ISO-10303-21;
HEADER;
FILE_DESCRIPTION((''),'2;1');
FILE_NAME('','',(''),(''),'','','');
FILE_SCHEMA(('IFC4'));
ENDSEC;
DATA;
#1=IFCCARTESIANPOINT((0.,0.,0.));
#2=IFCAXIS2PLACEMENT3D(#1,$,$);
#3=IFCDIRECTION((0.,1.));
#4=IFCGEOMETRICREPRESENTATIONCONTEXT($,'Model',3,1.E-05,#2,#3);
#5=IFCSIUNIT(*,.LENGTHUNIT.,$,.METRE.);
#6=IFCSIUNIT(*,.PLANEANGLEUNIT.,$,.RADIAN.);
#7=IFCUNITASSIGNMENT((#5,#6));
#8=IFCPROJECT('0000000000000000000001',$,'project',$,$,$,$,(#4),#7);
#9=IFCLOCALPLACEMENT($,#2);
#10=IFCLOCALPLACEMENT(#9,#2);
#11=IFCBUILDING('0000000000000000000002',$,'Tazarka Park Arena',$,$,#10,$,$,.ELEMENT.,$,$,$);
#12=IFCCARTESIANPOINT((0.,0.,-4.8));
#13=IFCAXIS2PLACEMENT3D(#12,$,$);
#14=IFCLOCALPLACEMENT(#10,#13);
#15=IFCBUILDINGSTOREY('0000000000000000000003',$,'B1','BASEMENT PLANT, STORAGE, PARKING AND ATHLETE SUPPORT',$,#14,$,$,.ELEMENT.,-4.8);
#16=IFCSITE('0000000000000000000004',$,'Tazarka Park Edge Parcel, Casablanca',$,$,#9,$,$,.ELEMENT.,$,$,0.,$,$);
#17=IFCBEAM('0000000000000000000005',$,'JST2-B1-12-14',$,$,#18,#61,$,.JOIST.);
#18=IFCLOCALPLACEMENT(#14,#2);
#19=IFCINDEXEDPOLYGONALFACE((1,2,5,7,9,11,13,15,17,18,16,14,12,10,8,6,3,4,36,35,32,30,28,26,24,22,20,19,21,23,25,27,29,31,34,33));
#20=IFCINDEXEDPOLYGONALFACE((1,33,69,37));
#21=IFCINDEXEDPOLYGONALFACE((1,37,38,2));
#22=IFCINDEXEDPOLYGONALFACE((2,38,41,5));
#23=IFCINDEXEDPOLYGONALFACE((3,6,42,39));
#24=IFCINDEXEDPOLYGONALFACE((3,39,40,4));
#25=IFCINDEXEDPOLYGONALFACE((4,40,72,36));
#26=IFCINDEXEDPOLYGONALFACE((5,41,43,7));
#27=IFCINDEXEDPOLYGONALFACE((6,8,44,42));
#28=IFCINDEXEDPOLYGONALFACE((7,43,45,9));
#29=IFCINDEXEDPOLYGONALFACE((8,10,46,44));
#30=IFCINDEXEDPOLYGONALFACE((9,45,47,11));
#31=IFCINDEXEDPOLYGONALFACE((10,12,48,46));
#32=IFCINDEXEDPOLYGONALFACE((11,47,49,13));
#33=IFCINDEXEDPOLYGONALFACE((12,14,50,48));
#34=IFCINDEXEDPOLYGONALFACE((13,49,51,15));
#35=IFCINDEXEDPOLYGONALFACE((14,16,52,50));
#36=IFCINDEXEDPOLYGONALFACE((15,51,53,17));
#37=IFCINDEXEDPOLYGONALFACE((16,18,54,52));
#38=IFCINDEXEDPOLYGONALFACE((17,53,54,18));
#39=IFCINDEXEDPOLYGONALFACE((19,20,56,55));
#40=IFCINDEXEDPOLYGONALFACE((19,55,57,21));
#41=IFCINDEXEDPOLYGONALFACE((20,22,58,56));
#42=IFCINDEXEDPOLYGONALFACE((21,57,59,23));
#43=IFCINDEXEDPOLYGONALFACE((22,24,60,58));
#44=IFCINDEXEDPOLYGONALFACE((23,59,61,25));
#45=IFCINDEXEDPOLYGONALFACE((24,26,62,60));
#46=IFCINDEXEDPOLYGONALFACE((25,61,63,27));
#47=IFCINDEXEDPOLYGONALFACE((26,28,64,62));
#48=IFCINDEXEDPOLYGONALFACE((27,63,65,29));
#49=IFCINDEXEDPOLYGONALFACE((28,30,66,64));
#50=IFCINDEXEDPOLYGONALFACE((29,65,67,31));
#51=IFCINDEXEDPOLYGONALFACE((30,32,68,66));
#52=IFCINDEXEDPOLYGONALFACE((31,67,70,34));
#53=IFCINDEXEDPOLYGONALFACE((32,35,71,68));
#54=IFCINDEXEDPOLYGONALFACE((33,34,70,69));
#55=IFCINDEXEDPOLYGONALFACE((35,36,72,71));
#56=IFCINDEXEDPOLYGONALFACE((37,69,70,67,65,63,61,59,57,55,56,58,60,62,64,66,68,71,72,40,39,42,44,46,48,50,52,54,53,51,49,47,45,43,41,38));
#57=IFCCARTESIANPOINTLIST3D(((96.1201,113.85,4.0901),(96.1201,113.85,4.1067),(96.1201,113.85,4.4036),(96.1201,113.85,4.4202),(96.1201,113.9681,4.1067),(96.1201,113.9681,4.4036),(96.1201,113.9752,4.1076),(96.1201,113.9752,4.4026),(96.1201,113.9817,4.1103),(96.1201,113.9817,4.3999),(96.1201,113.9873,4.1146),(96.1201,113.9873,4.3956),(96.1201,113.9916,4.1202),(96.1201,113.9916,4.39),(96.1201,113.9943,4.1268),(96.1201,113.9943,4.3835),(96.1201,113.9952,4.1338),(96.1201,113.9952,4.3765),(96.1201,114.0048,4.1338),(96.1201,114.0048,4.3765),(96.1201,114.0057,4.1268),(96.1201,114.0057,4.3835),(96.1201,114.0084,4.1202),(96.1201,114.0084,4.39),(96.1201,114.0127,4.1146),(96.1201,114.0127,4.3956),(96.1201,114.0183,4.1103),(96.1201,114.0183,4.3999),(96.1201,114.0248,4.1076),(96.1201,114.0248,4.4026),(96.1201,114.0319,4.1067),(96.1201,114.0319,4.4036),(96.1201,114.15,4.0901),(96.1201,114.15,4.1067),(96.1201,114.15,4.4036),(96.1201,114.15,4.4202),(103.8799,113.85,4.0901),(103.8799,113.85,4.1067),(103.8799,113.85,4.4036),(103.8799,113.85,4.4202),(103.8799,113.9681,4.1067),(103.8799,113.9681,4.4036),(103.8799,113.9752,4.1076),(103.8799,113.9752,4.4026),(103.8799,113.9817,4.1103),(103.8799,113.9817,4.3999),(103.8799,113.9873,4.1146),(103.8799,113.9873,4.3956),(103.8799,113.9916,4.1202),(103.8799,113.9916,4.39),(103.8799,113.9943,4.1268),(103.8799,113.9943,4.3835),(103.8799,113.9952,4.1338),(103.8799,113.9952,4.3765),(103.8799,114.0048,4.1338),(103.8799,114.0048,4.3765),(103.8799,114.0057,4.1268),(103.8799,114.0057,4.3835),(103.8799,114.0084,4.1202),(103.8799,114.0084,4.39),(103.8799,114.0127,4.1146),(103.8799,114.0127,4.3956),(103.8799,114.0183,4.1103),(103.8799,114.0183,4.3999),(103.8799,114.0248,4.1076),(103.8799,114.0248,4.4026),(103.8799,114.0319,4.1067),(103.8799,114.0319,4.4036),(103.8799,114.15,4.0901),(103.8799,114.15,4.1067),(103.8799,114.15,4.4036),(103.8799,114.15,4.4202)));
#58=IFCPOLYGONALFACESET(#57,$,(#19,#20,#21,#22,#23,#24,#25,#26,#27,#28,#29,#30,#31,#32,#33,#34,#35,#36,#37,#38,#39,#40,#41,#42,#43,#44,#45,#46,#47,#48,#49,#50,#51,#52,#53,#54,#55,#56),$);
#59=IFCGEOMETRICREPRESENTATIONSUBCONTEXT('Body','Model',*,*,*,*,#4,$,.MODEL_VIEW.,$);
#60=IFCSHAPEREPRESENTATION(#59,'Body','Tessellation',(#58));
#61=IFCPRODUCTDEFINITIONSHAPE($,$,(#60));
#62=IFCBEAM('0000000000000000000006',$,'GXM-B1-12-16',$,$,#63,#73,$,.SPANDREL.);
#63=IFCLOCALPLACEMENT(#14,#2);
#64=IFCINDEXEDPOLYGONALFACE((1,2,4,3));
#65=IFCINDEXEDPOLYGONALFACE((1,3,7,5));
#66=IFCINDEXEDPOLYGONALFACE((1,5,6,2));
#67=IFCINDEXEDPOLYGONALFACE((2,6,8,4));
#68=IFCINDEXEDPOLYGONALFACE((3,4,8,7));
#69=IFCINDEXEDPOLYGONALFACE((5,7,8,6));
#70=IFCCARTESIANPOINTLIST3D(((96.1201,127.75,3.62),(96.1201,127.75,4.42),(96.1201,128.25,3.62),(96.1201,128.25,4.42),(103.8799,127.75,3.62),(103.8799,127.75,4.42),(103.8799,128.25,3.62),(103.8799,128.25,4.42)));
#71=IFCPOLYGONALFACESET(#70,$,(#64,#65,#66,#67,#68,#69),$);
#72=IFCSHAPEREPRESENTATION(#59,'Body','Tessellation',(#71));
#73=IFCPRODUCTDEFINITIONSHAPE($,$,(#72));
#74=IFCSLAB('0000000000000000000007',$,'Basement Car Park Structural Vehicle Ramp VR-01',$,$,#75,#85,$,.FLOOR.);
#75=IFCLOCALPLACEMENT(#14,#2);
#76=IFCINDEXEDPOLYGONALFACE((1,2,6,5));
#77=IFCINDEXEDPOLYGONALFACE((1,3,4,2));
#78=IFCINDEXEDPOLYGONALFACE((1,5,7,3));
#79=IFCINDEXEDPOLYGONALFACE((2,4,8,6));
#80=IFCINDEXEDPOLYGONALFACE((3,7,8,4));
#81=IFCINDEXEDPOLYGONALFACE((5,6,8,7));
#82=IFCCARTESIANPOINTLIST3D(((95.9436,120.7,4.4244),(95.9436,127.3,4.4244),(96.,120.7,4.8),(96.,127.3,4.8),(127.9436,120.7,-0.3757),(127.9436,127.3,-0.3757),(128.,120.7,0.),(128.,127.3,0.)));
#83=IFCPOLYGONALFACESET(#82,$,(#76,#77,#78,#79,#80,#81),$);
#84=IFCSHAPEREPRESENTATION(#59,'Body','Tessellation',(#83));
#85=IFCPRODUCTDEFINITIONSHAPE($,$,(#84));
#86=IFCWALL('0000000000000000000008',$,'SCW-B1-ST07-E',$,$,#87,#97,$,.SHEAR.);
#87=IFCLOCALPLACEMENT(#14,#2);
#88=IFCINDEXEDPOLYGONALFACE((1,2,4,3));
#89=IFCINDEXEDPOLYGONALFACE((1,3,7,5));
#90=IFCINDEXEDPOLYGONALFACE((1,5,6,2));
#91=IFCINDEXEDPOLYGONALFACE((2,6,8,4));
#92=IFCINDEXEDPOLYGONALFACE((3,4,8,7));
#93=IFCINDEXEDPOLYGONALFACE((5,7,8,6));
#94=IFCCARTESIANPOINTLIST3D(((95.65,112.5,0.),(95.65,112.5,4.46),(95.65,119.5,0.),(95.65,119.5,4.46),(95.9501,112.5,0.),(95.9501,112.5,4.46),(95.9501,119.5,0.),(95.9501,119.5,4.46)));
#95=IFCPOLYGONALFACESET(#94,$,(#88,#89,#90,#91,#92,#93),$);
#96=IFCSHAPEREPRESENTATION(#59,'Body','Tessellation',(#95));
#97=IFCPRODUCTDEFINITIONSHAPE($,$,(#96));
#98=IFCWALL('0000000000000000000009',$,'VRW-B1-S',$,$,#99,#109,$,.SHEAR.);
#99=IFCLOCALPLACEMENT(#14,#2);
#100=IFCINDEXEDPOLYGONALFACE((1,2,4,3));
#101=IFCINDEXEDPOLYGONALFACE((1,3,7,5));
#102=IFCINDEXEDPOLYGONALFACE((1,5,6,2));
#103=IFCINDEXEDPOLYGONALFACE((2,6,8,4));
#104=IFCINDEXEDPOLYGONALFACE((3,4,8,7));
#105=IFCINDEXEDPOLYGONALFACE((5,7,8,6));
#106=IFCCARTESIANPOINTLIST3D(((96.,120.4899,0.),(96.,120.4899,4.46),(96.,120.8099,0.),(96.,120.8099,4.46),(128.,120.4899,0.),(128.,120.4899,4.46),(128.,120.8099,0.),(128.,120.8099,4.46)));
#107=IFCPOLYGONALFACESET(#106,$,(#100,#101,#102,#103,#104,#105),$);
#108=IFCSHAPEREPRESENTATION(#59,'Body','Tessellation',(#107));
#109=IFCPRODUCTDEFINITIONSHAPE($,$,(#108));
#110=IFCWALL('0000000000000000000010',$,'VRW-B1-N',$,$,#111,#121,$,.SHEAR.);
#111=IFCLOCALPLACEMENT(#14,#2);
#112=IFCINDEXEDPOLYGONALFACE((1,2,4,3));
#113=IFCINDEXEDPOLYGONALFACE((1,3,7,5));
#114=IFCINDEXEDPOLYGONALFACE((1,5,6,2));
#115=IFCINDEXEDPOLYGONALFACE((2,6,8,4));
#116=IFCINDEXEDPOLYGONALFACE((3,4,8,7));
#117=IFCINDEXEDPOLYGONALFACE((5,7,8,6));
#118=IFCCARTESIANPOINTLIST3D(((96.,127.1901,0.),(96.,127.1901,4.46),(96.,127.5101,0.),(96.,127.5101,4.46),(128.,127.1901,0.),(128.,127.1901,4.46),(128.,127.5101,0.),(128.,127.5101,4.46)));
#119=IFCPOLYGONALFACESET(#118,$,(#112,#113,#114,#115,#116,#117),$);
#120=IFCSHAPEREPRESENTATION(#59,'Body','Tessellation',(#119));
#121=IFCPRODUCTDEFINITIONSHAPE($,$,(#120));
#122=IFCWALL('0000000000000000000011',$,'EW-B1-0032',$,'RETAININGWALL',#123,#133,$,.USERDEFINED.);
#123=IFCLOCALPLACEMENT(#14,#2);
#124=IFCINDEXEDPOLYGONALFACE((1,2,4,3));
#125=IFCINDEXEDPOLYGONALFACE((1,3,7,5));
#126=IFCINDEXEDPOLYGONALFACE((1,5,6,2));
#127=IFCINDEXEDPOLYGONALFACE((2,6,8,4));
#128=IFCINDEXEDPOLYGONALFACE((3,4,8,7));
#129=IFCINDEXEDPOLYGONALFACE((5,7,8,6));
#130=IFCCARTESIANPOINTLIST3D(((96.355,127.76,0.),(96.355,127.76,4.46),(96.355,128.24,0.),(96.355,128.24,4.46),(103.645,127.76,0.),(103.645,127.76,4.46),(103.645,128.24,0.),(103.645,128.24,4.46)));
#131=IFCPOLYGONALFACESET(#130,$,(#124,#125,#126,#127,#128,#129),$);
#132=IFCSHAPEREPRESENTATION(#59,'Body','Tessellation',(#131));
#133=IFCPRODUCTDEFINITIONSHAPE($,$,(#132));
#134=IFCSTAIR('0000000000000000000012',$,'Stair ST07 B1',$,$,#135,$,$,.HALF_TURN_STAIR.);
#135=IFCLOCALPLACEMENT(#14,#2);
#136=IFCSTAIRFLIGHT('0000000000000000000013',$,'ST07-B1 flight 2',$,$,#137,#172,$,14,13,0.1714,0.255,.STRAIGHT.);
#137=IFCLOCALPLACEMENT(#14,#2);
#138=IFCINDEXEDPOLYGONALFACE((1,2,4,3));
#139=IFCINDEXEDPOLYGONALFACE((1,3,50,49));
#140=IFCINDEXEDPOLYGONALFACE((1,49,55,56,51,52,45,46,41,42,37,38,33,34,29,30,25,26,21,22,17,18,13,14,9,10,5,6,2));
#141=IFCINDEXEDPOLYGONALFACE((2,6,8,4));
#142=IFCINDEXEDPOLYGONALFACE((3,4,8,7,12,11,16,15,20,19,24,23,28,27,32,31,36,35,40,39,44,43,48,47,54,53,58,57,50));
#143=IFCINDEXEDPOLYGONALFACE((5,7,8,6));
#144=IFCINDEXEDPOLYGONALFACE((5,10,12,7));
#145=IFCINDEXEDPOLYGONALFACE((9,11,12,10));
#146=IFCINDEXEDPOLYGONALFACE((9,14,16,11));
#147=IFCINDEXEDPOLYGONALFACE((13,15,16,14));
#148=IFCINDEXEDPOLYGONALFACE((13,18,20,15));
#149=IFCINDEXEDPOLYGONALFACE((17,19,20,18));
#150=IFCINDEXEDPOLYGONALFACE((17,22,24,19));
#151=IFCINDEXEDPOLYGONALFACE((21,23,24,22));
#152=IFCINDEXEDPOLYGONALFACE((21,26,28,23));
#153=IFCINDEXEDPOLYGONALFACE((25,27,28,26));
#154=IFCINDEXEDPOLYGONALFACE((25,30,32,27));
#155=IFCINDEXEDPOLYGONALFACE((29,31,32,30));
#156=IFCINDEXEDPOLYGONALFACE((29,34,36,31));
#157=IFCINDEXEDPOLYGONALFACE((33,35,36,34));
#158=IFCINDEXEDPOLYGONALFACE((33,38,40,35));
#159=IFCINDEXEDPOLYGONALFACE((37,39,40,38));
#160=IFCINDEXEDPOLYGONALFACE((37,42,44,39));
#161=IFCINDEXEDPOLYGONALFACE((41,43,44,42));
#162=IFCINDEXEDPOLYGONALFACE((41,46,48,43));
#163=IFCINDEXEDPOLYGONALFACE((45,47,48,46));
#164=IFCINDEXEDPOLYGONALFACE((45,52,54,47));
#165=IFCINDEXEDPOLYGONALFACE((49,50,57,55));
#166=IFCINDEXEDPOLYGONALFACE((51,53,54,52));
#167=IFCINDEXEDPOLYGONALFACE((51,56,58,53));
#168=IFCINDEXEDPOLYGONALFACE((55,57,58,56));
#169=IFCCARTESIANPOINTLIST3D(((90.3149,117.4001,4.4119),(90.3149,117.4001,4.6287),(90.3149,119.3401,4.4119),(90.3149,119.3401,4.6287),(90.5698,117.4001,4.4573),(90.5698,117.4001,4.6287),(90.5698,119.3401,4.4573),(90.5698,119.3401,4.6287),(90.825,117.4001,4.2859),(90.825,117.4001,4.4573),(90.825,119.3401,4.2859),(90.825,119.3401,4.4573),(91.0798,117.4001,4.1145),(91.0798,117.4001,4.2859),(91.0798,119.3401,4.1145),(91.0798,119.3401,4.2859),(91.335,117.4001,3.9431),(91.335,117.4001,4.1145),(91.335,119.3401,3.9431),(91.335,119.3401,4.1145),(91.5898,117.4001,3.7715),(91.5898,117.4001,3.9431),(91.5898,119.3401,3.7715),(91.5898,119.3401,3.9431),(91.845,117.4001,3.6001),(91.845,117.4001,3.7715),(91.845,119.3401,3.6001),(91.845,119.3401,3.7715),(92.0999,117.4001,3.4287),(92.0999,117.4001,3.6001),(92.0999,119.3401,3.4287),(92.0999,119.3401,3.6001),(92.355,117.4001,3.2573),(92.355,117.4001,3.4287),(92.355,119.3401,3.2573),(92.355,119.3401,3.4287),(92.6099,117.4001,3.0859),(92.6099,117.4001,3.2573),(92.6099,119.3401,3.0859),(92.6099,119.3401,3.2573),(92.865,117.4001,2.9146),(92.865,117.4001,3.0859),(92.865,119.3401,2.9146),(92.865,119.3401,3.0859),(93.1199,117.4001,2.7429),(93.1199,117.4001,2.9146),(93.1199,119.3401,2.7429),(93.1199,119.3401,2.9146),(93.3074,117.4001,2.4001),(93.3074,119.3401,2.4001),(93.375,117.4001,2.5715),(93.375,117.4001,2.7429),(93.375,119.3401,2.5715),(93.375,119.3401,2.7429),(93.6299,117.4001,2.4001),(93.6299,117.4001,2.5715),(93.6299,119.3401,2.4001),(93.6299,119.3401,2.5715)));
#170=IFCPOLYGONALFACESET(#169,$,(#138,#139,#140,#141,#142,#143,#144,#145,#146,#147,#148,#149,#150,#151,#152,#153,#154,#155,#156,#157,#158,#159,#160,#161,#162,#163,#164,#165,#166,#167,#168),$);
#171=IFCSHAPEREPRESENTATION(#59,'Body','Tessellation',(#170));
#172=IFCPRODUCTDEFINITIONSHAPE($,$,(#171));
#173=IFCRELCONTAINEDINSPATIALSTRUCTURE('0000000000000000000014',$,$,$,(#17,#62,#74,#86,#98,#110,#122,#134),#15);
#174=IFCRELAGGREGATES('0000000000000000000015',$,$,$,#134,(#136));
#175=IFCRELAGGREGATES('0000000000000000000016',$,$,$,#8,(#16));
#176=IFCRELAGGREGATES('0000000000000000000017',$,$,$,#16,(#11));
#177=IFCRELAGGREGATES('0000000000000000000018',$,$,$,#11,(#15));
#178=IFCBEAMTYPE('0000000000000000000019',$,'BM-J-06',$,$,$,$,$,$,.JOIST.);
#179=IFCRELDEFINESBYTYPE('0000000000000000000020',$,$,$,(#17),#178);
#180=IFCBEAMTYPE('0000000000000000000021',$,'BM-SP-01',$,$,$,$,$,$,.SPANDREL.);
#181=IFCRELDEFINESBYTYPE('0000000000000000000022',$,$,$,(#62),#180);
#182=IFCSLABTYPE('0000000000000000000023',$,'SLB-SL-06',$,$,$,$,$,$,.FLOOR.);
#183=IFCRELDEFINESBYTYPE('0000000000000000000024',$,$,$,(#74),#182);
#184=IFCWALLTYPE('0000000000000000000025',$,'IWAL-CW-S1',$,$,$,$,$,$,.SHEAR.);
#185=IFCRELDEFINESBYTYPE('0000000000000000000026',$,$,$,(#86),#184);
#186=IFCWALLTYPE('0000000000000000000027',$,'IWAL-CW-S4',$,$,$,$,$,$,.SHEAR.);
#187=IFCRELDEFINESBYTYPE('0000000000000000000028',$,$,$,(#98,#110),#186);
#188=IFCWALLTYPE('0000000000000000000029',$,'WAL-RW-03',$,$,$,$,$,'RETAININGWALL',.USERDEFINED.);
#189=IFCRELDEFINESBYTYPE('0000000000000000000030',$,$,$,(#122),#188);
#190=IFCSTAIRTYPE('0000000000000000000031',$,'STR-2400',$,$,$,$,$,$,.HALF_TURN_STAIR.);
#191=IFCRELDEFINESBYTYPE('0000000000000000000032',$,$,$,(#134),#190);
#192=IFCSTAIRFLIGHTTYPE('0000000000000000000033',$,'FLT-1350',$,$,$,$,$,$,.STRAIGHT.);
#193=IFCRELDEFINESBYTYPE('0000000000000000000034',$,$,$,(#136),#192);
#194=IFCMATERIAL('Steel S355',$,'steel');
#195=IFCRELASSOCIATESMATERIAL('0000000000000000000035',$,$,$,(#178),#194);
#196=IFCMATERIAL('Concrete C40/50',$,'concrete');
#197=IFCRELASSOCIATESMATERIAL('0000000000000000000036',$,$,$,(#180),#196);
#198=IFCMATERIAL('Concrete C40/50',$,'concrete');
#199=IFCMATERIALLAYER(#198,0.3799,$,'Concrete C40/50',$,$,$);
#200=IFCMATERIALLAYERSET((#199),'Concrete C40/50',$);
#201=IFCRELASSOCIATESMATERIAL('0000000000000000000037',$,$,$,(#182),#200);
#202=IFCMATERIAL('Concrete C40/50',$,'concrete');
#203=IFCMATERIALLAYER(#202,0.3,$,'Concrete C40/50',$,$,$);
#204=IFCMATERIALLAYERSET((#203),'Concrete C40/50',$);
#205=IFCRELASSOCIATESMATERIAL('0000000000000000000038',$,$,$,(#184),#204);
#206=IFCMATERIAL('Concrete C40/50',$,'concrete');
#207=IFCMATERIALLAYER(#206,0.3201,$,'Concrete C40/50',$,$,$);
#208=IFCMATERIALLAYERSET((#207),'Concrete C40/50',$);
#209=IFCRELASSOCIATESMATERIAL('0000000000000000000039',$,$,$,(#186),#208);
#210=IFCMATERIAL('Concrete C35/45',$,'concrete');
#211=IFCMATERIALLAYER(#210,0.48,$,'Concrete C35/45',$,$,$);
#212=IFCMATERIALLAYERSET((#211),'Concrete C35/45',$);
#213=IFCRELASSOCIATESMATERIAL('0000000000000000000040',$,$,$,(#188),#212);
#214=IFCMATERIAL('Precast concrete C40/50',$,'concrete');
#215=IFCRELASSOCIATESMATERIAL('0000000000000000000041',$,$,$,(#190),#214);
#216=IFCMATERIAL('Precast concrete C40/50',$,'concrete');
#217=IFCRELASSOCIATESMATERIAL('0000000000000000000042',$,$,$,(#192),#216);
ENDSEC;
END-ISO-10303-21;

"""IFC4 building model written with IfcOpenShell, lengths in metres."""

from ifc_helpers import new_model, si_unit, direction, frame, frame_2d, origin, origin_2d, place, context, subcontext, project, spatial, polyline, rectangle, i_section, outline, extrude, material, layer, layer_set, material_profile, profile_set, type_object, element, aggregate, save


model = new_model("IFC4")

# Units and contexts
model_context = context("Model", 3, precision=1e-05, world=origin(), true_north=direction((0.0, 1.0)))
body_context = subcontext(model_context, "Body", "Model", "MODEL_VIEW")
ifc_project = project(units=[si_unit("LENGTHUNIT", "METRE"), si_unit("PLANEANGLEUNIT", "RADIAN")], contexts=[model_context])

# Site, building, storey
site_placement = place(None, origin())
site = spatial("IfcSite", under=ifc_project, at=site_placement, Name="Tazarka Park Edge Parcel, Casablanca", CompositionType="ELEMENT", RefElevation=0.0)
building_placement = place(site_placement, origin())
building = spatial("IfcBuilding", under=site, at=building_placement, Name="Tazarka Park Arena", CompositionType="ELEMENT")
storey_placement = place(building_placement, frame((0.0, 0.0, -4.8)))
storey = spatial("IfcBuildingStorey", under=building, at=storey_placement, Name="B1", Description="BASEMENT PLANT, STORAGE, PARKING AND ATHLETE SUPPORT", CompositionType="ELEMENT", Elevation=-4.8)

# Beams
ifc_material_1 = material(Name="Steel S355", Category="steel")
ifc_material_profile_1 = material_profile(ifc_material_1, i_section(OverallWidth=0.3, OverallDepth=0.3301, WebThickness=0.0095, FlangeThickness=0.0166, FilletRadius=0.0271, at=origin_2d()), Name="Steel S355")
ifc_profile_set_1 = profile_set([ifc_material_profile_1], Name="Steel S355")
beam_type_1 = type_object("IfcBeamType", Name="BM-J-06", PredefinedType="JOIST", material=ifc_profile_set_1)
beam_1_placement = place(storey_placement, frame((96.1201, 114.0, 4.2551), z_axis=(1.0, 0.0, 0.0), x_axis=(0.0, 1.0, 0.0)))
element("IfcBeam", 1, at=beam_1_placement, inside=storey, type_object=beam_type_1, Name="JST2-B1-12-14", PredefinedType="JOIST", context=body_context, shape_type="SweptSolid", body=[
    extrude(i_section(OverallWidth=0.3, OverallDepth=0.3301, WebThickness=0.0095, FlangeThickness=0.0166, FilletRadius=0.0271, at=origin_2d()), origin(), (0.0, 0.0, 1.0), 7.7598),
])
ifc_material_2 = material(Name="Concrete C40/50", Category="concrete")
ifc_material_profile_2 = material_profile(ifc_material_2, rectangle(XDim=0.5, YDim=0.8, at=origin_2d()), Name="Concrete C40/50")
ifc_profile_set_2 = profile_set([ifc_material_profile_2], Name="Concrete C40/50")
beam_type_2 = type_object("IfcBeamType", Name="BM-SP-01", PredefinedType="SPANDREL", material=ifc_profile_set_2)
beam_2_placement = place(storey_placement, frame((96.1201, 128.0, 4.02), z_axis=(1.0, 0.0, 0.0), x_axis=(0.0, 1.0, 0.0)))
element("IfcBeam", 2, at=beam_2_placement, inside=storey, type_object=beam_type_2, Name="GXM-B1-12-16", PredefinedType="SPANDREL", context=body_context, shape_type="SweptSolid", body=[
    extrude(rectangle(XDim=0.5, YDim=0.8, at=origin_2d()), origin(), (0.0, 0.0, 1.0), 7.7598),
])

# Slab
ifc_material_3 = material(Name="Concrete C40/50", Category="concrete")
ifc_layer_1 = layer(ifc_material_3, 0.3799, Name="Concrete C40/50")
ifc_layer_set_1 = layer_set([ifc_layer_1], Name="Concrete C40/50")
slab_type = type_object("IfcSlabType", Name="SLB-SL-06", PredefinedType="FLOOR", material=ifc_layer_set_1)
slab_placement = place(storey_placement, frame((96.0, 120.7, 4.8), z_axis=(0.148342, 0.0, 0.988936), x_axis=(0.988936, 0.0, -0.148342)))
element("IfcSlab", 3, at=slab_placement, inside=storey, type_object=slab_type, Name="Basement Car Park Structural Vehicle Ramp VR-01", PredefinedType="FLOOR", context=body_context, shape_type="SweptSolid", body=[
    extrude(outline(polyline([(0.0, 0.0), (32.358, 0.0), (32.358, 6.6001), (0.0, 6.6001), (0.0, 0.0)])), origin(), (0.0, 0.0, -1.0), 0.3799),
])

# Walls
ifc_material_4 = material(Name="Concrete C40/50", Category="concrete")
ifc_layer_2 = layer(ifc_material_4, 0.3, Name="Concrete C40/50")
ifc_layer_set_2 = layer_set([ifc_layer_2], Name="Concrete C40/50")
wall_type_1 = type_object("IfcWallType", Name="IWAL-CW-S1", PredefinedType="SHEAR", material=ifc_layer_set_2)
wall_1_placement = place(storey_placement, frame((95.8, 119.5, 0.0), z_axis=(0.0, 0.0, 1.0), x_axis=(0.0, -1.0, 0.0)))
element("IfcWall", 4, at=wall_1_placement, inside=storey, type_object=wall_type_1, Name="SCW-B1-ST07-E", PredefinedType="SHEAR", context=body_context, shape_type="SweptSolid", body=[
    extrude(rectangle(XDim=7.0, YDim=0.3, at=frame_2d((3.5, 0.0))), origin(), (0.0, 0.0, 1.0), 4.46),
])
ifc_material_5 = material(Name="Concrete C40/50", Category="concrete")
ifc_layer_3 = layer(ifc_material_5, 0.3201, Name="Concrete C40/50")
ifc_layer_set_3 = layer_set([ifc_layer_3], Name="Concrete C40/50")
wall_type_2 = type_object("IfcWallType", Name="IWAL-CW-S4", PredefinedType="SHEAR", material=ifc_layer_set_3)
for number, where, z_axis, x_axis, name in (
    (5, (96.0, 120.6499, 0.0), (0.0, 0.0, 1.0), (1.0, 0.0, 0.0), "VRW-B1-S"),
    (6, (96.0, 127.3501, 0.0), (0.0, 0.0, 1.0), (1.0, 0.0, 0.0), "VRW-B1-N"),
):
    element("IfcWall", number, at=place(storey_placement, frame(where, z_axis=z_axis, x_axis=x_axis)), inside=storey, type_object=wall_type_2, Name=name, PredefinedType="SHEAR", context=body_context, shape_type="SweptSolid", body=[
        extrude(rectangle(XDim=32.0, YDim=0.3201, at=frame_2d((16.0, 0.0))), origin(), (0.0, 0.0, 1.0), 4.46),
    ])
ifc_material_6 = material(Name="Concrete C35/45", Category="concrete")
ifc_layer_4 = layer(ifc_material_6, 0.48, Name="Concrete C35/45")
ifc_layer_set_4 = layer_set([ifc_layer_4], Name="Concrete C35/45")
wall_type_3 = type_object("IfcWallType", Name="WAL-RW-03", ElementType="RETAININGWALL", PredefinedType="USERDEFINED", material=ifc_layer_set_4)
wall_2_placement = place(storey_placement, frame((96.355, 128.0, 0.0), z_axis=(0.0, 0.0, 1.0), x_axis=(1.0, 0.0, 0.0)))
element("IfcWall", 7, at=wall_2_placement, inside=storey, type_object=wall_type_3, Name="EW-B1-0032", ObjectType="RETAININGWALL", PredefinedType="USERDEFINED", context=body_context, shape_type="SweptSolid", body=[
    extrude(rectangle(XDim=7.29, YDim=0.48, at=frame_2d((3.645, 0.0))), origin(), (0.0, 0.0, 1.0), 4.46),
])

# Stair, stair flight
ifc_material_7 = material(Name="Precast concrete C40/50", Category="concrete")
stair_type = type_object("IfcStairType", Name="STR-2400", PredefinedType="HALF_TURN_STAIR", material=ifc_material_7)
stair_placement = place(storey_placement, origin())
stair = element("IfcStair", 8, at=stair_placement, inside=storey, type_object=stair_type, Name="Stair ST07 B1", PredefinedType="HALF_TURN_STAIR")
ifc_material_8 = material(Name="Precast concrete C40/50", Category="concrete")
stair_flight_type = type_object("IfcStairFlightType", Name="FLT-1350", PredefinedType="STRAIGHT", material=ifc_material_8)
stair_flight_placement = place(storey_placement, frame((93.6299, 118.3701, 2.4001), z_axis=(0.0, 0.0, 1.0), x_axis=(-1.0, 0.0, 0.0)))
stair_flight = element("IfcStairFlight", 9, at=stair_flight_placement, type_object=stair_flight_type, Name="ST07-B1 flight 2", NumberOfRisers=14, NumberOfTreads=13, PredefinedType="STRAIGHT", RiserHeight=0.1714, TreadLength=0.255, context=body_context, shape_type="SweptSolid", body=[
    extrude(outline(polyline([(0.0, 0.0), (0.0, 0.1714), (0.2549, 0.1714), (0.2549, 0.3428), (0.51, 0.3428), (0.51, 0.5144), (0.7649, 0.5144), (0.7649, 0.6858), (1.02, 0.6858), (1.02, 0.8572), (1.2749, 0.8572), (1.2749, 1.0286), (1.53, 1.0286), (1.53, 1.2), (1.7849, 1.2), (1.7849, 1.3713), (2.04, 1.3713), (2.04, 1.543), (2.2949, 1.543), (2.2949, 1.7144), (2.55, 1.7144), (2.55, 1.8857), (2.8049, 1.8857), (2.8049, 2.0571), (3.0601, 2.0571), (3.0601, 2.2285), (3.3149, 2.2285), (3.3149, 2.3999), (3.3149, 2.0117), (0.3225, 0.0), (0.0, 0.0)])), frame((0.0, 0.97, 0.0), z_axis=(0.0, -1.0, 0.0), x_axis=(1.0, 0.0, 0.0)), (0.0, 0.0, 1.0), 1.9399),
])
aggregate(stair, [stair_flight])

save(model, "model.ifc")
